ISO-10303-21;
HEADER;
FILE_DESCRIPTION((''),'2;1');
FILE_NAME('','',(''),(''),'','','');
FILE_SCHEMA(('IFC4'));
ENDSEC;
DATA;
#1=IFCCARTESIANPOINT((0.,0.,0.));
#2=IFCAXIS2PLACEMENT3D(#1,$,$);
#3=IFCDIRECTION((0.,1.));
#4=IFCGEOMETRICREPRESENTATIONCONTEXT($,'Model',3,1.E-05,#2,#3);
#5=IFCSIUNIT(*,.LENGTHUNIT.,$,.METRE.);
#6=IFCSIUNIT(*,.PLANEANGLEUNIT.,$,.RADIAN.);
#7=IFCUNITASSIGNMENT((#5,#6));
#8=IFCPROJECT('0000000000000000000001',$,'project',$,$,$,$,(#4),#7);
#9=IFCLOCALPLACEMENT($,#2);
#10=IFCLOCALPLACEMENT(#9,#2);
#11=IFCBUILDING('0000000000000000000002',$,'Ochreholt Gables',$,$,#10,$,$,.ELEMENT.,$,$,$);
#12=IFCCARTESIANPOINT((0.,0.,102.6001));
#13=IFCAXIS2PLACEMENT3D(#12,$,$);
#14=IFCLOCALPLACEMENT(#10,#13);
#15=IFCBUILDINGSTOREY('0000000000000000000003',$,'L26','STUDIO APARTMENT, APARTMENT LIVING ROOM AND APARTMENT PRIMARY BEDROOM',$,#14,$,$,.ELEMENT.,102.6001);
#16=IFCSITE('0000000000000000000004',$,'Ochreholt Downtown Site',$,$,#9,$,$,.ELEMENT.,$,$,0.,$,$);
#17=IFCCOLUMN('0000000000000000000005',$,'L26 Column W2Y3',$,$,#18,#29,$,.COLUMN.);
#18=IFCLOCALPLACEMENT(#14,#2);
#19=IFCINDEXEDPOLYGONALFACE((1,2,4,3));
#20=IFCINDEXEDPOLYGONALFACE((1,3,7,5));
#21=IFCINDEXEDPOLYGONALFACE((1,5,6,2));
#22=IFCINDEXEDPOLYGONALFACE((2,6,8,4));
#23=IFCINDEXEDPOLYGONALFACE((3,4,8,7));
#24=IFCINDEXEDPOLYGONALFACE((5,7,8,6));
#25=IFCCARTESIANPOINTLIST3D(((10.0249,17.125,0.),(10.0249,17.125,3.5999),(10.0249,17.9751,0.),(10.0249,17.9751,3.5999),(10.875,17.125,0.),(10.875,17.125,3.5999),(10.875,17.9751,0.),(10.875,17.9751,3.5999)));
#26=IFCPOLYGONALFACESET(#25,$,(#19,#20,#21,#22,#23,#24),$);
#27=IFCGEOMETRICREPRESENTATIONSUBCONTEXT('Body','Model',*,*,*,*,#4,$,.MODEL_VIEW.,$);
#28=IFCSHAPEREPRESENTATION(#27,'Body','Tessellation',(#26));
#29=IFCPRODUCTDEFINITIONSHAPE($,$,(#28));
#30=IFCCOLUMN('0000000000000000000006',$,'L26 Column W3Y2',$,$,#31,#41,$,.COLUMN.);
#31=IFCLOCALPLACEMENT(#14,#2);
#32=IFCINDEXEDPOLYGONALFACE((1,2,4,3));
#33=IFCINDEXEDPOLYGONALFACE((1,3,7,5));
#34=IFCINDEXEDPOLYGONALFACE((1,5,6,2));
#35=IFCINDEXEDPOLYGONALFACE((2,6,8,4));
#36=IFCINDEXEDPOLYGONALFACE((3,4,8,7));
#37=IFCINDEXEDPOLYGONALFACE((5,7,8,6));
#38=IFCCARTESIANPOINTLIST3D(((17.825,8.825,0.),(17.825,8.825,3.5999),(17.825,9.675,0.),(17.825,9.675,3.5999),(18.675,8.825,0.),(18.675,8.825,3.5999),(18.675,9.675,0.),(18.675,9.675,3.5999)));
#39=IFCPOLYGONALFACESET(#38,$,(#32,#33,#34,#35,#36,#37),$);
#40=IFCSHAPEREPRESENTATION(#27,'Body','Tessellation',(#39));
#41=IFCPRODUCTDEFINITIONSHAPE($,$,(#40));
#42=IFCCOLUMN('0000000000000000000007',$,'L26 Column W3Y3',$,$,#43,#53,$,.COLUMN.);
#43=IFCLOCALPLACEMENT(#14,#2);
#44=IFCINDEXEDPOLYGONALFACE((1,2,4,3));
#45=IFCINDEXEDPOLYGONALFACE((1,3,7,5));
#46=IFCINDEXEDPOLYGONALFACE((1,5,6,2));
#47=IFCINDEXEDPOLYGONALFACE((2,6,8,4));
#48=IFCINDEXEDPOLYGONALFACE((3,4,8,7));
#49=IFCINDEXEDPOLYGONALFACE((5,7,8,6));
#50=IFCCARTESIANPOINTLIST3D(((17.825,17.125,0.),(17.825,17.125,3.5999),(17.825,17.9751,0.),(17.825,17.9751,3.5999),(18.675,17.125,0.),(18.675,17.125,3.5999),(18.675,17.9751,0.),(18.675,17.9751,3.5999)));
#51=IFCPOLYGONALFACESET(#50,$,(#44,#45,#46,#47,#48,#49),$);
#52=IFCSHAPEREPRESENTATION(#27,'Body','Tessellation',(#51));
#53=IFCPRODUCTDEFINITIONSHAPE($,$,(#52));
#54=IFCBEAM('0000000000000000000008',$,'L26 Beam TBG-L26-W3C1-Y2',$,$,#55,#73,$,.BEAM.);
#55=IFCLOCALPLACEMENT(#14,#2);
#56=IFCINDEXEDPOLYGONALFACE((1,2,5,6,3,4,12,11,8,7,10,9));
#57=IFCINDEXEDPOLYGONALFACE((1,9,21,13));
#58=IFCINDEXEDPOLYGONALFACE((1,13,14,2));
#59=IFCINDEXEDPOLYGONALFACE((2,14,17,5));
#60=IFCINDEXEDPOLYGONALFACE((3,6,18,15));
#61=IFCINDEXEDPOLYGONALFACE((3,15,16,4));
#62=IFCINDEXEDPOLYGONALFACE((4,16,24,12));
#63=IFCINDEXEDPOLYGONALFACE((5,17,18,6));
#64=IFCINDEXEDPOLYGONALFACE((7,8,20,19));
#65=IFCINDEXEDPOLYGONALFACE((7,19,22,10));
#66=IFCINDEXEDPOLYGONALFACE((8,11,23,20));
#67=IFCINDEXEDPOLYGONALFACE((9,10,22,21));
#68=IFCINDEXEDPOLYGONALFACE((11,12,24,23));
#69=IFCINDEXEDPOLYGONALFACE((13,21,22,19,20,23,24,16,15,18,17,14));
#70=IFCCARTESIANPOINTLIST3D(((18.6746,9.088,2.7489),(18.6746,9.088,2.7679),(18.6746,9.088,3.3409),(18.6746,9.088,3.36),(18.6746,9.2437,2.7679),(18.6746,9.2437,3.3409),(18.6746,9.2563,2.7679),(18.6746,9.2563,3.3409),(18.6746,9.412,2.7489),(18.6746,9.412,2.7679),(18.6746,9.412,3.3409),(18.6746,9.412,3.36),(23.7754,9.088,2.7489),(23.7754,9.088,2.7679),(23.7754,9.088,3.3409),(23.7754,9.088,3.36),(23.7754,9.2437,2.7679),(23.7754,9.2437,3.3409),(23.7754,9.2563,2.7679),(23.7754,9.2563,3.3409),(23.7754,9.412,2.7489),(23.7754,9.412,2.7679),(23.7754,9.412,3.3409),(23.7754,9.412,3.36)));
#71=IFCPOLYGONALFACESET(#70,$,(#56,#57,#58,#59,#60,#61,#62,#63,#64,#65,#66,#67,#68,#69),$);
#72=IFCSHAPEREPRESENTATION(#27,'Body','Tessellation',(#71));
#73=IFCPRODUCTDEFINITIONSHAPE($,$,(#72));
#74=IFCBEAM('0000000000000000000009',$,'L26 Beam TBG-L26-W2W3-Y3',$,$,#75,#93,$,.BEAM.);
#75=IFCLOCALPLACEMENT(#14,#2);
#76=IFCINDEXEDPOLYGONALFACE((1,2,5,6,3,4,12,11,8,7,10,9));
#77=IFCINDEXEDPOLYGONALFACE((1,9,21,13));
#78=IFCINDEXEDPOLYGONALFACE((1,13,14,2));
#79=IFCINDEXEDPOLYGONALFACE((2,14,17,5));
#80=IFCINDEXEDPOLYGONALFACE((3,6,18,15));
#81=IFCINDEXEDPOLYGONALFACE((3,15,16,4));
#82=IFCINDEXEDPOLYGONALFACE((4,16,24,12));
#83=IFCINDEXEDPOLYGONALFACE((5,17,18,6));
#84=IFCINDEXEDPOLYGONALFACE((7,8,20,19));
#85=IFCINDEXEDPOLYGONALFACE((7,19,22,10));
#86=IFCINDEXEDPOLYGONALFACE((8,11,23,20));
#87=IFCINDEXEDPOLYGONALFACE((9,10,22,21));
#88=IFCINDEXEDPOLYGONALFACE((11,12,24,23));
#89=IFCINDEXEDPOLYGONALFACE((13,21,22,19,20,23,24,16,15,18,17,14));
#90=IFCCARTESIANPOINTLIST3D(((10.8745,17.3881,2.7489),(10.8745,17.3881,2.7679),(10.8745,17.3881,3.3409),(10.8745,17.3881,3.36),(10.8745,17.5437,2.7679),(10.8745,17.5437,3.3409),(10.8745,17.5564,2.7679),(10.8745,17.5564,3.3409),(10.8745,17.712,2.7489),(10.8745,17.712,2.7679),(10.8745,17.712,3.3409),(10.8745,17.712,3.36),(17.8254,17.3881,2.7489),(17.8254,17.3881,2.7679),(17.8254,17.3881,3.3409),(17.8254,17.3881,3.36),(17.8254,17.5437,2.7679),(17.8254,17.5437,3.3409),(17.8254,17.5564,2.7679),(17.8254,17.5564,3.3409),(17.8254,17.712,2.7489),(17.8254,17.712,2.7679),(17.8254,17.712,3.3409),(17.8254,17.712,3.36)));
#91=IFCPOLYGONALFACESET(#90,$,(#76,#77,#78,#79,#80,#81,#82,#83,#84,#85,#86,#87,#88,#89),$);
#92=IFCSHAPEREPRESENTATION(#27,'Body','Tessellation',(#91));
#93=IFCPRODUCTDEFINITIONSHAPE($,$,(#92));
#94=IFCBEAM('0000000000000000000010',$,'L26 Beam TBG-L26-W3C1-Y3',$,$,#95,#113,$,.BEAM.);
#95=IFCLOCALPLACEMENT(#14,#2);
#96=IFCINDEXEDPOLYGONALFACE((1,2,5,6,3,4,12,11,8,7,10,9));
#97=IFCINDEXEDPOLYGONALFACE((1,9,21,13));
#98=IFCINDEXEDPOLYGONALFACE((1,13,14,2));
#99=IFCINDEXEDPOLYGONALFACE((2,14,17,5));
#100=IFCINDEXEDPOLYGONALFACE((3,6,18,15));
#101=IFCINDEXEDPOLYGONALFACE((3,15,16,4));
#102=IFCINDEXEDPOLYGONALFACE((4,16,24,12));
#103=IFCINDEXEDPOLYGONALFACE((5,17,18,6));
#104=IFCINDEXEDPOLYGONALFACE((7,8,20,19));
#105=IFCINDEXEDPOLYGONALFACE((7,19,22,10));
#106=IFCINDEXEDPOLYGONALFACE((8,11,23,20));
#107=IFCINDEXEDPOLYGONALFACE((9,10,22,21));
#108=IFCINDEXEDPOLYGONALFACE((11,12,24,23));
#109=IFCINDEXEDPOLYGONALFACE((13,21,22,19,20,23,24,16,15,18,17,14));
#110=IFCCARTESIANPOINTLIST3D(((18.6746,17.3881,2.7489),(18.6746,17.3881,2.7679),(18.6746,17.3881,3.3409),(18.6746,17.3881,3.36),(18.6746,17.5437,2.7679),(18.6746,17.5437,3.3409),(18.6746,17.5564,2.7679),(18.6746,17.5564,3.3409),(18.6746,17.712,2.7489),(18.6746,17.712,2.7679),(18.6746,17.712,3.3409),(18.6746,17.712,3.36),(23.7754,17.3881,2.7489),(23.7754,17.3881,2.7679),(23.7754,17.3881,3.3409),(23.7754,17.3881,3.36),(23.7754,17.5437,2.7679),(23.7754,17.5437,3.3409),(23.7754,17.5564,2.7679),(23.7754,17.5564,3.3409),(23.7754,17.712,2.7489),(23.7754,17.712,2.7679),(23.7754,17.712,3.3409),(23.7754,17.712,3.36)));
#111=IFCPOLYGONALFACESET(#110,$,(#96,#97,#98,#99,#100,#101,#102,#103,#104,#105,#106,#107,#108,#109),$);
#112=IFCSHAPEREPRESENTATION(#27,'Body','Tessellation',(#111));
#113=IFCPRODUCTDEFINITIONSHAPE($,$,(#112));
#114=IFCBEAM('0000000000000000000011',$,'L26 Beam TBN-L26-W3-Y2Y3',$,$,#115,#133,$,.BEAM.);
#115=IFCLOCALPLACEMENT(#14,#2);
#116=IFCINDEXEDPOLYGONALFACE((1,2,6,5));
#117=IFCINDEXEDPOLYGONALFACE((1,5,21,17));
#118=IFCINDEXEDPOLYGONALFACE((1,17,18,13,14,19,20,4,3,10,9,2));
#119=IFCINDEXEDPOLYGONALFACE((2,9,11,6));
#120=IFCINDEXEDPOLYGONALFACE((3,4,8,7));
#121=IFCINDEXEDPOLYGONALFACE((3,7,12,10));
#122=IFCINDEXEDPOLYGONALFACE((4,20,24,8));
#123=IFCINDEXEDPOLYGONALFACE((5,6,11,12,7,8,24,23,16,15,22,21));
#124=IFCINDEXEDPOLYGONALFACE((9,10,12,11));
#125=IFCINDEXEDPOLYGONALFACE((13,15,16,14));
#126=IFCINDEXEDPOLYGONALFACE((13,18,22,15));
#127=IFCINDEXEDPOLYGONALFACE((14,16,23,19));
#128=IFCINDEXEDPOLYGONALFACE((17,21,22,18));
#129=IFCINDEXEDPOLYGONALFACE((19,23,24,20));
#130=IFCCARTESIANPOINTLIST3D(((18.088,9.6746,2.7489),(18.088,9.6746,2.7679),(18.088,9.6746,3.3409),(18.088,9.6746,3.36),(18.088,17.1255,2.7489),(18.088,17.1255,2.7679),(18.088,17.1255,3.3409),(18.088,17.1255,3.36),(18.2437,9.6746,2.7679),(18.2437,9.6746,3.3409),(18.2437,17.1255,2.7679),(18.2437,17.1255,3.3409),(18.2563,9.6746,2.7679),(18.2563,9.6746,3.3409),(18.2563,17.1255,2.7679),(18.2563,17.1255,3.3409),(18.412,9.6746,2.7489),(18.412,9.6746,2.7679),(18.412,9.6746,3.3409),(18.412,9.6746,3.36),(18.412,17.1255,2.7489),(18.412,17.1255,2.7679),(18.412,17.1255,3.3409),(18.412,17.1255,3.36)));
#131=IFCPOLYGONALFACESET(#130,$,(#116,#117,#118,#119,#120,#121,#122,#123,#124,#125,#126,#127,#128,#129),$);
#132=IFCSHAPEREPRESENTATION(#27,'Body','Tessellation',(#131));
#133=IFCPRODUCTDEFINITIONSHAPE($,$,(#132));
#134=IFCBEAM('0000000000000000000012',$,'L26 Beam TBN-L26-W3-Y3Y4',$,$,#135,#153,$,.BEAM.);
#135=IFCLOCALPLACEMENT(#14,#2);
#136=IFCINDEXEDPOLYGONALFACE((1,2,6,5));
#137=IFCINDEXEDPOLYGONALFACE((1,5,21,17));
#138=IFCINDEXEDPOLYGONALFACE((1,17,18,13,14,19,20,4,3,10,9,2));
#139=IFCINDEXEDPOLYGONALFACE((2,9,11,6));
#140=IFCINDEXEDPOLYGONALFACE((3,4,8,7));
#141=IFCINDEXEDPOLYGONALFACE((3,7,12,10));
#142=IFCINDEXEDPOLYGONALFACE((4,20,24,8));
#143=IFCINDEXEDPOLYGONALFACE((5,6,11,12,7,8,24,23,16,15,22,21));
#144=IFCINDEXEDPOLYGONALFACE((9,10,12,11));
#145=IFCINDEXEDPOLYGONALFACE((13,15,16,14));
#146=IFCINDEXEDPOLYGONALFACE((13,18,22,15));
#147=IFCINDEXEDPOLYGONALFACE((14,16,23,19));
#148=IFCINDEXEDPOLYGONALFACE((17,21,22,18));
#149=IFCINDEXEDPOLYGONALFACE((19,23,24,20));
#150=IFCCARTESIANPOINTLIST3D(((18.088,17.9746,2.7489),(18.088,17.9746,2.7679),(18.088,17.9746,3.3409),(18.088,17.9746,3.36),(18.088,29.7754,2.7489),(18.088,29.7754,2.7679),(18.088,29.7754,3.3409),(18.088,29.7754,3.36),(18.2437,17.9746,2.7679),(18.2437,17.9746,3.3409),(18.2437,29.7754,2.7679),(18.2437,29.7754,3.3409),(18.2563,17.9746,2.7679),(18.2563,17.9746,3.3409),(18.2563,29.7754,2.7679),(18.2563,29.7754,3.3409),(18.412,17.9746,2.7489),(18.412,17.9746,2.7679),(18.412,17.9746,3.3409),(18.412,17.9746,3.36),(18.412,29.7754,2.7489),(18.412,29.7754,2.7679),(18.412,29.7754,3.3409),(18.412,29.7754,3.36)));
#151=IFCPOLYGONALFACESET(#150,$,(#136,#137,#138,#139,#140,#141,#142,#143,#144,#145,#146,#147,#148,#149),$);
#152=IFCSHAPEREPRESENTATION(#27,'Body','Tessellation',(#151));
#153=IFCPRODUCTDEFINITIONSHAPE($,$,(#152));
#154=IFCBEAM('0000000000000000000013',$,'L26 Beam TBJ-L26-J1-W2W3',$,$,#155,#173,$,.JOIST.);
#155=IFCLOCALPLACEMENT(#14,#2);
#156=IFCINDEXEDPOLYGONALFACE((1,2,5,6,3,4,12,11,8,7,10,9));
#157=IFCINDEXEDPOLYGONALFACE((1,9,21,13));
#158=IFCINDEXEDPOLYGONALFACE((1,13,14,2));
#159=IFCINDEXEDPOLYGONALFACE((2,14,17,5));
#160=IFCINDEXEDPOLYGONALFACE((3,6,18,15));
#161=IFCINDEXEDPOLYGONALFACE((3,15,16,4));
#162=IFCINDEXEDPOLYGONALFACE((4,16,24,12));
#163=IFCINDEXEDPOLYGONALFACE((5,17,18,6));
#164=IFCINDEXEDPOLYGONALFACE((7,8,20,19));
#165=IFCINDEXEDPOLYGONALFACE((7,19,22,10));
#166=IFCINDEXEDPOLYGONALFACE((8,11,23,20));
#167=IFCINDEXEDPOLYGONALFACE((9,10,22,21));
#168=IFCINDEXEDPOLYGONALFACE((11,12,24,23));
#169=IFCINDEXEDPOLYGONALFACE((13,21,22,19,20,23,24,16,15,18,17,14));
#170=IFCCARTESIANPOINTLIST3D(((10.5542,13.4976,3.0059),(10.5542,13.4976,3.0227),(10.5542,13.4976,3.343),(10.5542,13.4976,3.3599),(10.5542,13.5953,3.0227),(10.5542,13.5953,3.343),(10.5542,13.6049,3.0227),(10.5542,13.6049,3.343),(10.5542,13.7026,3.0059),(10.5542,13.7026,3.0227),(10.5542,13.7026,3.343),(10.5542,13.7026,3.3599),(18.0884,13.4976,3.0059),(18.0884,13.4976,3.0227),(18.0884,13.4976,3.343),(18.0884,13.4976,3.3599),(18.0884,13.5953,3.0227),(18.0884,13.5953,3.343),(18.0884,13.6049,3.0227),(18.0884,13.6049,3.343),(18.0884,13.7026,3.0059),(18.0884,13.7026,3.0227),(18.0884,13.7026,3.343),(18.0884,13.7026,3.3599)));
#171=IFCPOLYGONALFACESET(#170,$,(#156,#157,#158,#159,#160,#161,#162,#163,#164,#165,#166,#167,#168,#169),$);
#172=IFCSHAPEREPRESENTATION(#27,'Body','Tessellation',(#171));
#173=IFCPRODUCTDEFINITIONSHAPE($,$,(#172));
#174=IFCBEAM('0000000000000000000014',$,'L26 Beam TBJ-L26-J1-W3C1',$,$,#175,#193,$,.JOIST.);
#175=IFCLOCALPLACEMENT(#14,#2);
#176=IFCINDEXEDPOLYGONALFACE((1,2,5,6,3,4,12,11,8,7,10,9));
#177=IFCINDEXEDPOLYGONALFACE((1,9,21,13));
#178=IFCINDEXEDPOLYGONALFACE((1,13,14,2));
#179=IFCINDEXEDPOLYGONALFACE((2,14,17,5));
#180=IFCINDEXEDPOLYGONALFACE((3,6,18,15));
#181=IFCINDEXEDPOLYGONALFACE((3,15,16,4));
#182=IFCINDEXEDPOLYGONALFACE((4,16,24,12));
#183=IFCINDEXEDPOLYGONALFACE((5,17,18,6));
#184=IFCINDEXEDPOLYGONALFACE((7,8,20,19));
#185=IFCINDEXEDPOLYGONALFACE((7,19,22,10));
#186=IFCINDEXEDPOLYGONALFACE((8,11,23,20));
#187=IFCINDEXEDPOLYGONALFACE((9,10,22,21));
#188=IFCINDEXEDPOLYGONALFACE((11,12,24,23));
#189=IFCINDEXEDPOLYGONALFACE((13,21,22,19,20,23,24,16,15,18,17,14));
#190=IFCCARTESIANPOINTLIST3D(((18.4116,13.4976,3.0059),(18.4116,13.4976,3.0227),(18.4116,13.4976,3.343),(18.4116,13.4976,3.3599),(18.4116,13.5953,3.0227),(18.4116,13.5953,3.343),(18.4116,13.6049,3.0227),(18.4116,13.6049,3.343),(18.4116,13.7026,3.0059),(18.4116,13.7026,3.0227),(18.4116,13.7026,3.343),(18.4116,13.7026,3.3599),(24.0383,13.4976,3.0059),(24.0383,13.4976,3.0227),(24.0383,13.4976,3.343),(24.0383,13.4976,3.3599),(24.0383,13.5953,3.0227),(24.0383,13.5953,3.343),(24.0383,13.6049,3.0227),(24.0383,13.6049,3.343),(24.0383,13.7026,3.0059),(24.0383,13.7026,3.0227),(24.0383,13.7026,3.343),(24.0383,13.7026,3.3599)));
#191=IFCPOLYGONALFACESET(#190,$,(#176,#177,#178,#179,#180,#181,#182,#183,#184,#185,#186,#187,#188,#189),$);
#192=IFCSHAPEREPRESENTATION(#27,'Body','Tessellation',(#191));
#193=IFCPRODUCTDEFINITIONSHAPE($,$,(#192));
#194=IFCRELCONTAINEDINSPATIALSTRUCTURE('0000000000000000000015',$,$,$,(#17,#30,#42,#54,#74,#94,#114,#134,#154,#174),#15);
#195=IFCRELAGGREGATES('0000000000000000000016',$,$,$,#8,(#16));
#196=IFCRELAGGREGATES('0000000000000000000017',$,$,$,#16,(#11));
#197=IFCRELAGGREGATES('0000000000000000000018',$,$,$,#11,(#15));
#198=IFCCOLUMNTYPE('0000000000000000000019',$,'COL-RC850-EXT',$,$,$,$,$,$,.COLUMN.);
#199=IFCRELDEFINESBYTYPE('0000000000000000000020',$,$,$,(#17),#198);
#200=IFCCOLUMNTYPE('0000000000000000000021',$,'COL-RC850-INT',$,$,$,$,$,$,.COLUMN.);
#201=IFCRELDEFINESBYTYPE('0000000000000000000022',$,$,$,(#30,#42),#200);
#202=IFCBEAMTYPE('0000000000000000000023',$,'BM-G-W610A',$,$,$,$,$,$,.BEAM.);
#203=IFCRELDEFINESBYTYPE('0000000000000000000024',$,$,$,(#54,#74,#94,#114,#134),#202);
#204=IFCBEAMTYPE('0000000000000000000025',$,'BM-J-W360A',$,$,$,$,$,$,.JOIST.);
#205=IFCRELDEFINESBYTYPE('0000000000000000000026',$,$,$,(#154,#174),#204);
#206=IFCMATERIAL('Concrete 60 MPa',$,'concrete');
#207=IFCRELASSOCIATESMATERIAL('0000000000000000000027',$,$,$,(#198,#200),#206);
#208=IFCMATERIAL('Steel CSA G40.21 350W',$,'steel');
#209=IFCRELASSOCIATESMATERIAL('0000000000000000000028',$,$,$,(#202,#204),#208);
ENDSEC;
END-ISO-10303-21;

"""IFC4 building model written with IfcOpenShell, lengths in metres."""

from ifc_helpers import new_model, si_unit, direction, frame, origin, origin_2d, place, context, subcontext, project, spatial, rectangle, i_section, extrude, material, material_profile, profile_set, type_object, element, save


model = new_model("IFC4")

# Units and contexts
model_context = context("Model", 3, precision=1e-05, world=origin(), true_north=direction((0.0, 1.0)))
body_context = subcontext(model_context, "Body", "Model", "MODEL_VIEW")
ifc_project = project(units=[si_unit("LENGTHUNIT", "METRE"), si_unit("PLANEANGLEUNIT", "RADIAN")], contexts=[model_context])

# Site, building, storey
site_placement = place(None, origin())
site = spatial("IfcSite", under=ifc_project, at=site_placement, Name="Ochreholt Downtown Site", CompositionType="ELEMENT", RefElevation=0.0)
building_placement = place(site_placement, origin())
building = spatial("IfcBuilding", under=site, at=building_placement, Name="Ochreholt Gables", CompositionType="ELEMENT")
storey_placement = place(building_placement, frame((0.0, 0.0, 102.6001)))
storey = spatial("IfcBuildingStorey", under=building, at=storey_placement, Name="L26", Description="STUDIO APARTMENT, APARTMENT LIVING ROOM AND APARTMENT PRIMARY BEDROOM", CompositionType="ELEMENT", Elevation=102.6001)

# Columns
ifc_material_1 = material(Name="Concrete 60 MPa", Category="concrete")
ifc_material_profile_1 = material_profile(ifc_material_1, rectangle(XDim=0.8501, YDim=0.8501, at=origin_2d()), Name="RC850X850")
ifc_profile_set_1 = profile_set([ifc_material_profile_1], Name="Concrete 60 MPa")
column_type_1 = type_object("IfcColumnType", Name="COL-RC850-EXT", PredefinedType="COLUMN", material=ifc_profile_set_1)
column_placement = place(storey_placement, frame((10.45, 17.55, 0.0), z_axis=(0.0, 0.0, 1.0), x_axis=(1.0, 0.0, 0.0)))
element("IfcColumn", 1, at=column_placement, inside=storey, type_object=column_type_1, Name="L26 Column W2Y3", PredefinedType="COLUMN", context=body_context, shape_type="SweptSolid", body=[
    extrude(rectangle(XDim=0.8501, YDim=0.8501, at=origin_2d()), origin(), (0.0, 0.0, 1.0), 3.5999),
])
ifc_material_profile_2 = material_profile(ifc_material_1, rectangle(XDim=0.8501, YDim=0.8501, at=origin_2d()), Name="RC850X850")
ifc_profile_set_2 = profile_set([ifc_material_profile_2], Name="Concrete 60 MPa")
column_type_2 = type_object("IfcColumnType", Name="COL-RC850-INT", PredefinedType="COLUMN", material=ifc_profile_set_2)
for number, where, z_axis, x_axis, name in (
    (2, (18.25, 9.25, 0.0), (0.0, 0.0, 1.0), (1.0, 0.0, 0.0), "L26 Column W3Y2"),
    (3, (18.25, 17.55, 0.0), (0.0, 0.0, 1.0), (1.0, 0.0, 0.0), "L26 Column W3Y3"),
):
    element("IfcColumn", number, at=place(storey_placement, frame(where, z_axis=z_axis, x_axis=x_axis)), inside=storey, type_object=column_type_2, Name=name, PredefinedType="COLUMN", context=body_context, shape_type="SweptSolid", body=[
        extrude(rectangle(XDim=0.8501, YDim=0.8501, at=origin_2d()), origin(), (0.0, 0.0, 1.0), 3.5999),
    ])

# Beams
ifc_material_2 = material(Name="Steel CSA G40.21 350W", Category="steel")
ifc_material_profile_3 = material_profile(ifc_material_2, i_section(OverallWidth=0.324, OverallDepth=0.6111, WebThickness=0.0127, FlangeThickness=0.019, at=origin_2d()), Name="W610X155")
ifc_profile_set_3 = profile_set([ifc_material_profile_3], Name="Steel CSA G40.21 350W")
beam_type_1 = type_object("IfcBeamType", Name="BM-G-W610A", PredefinedType="BEAM", material=ifc_profile_set_3)
beam_1_placement = place(storey_placement, frame((18.6746, 9.25, 3.0544), z_axis=(1.0, 0.0, 0.0), x_axis=(0.0, 1.0, 0.0)))
element("IfcBeam", 4, at=beam_1_placement, inside=storey, type_object=beam_type_1, Name="L26 Beam TBG-L26-W3C1-Y2", PredefinedType="BEAM", context=body_context, shape_type="SweptSolid", body=[
    extrude(i_section(OverallWidth=0.324, OverallDepth=0.6111, WebThickness=0.0127, FlangeThickness=0.019, at=origin_2d()), origin(), (0.0, 0.0, 1.0), 5.1008),
])
beam_2_placement = place(storey_placement, frame((10.8745, 17.55, 3.0544), z_axis=(1.0, 0.0, 0.0), x_axis=(0.0, 1.0, 0.0)))
element("IfcBeam", 5, at=beam_2_placement, inside=storey, type_object=beam_type_1, Name="L26 Beam TBG-L26-W2W3-Y3", PredefinedType="BEAM", context=body_context, shape_type="SweptSolid", body=[
    extrude(i_section(OverallWidth=0.324, OverallDepth=0.6111, WebThickness=0.0127, FlangeThickness=0.019, at=origin_2d()), origin(), (0.0, 0.0, 1.0), 6.9509),
])
beam_3_placement = place(storey_placement, frame((18.6746, 17.55, 3.0544), z_axis=(1.0, 0.0, 0.0), x_axis=(0.0, 1.0, 0.0)))
element("IfcBeam", 6, at=beam_3_placement, inside=storey, type_object=beam_type_1, Name="L26 Beam TBG-L26-W3C1-Y3", PredefinedType="BEAM", context=body_context, shape_type="SweptSolid", body=[
    extrude(i_section(OverallWidth=0.324, OverallDepth=0.6111, WebThickness=0.0127, FlangeThickness=0.019, at=origin_2d()), origin(), (0.0, 0.0, 1.0), 5.1008),
])
beam_4_placement = place(storey_placement, frame((18.25, 9.6746, 3.0544), z_axis=(0.0, 1.0, 0.0), x_axis=(-1.0, 0.0, 0.0)))
element("IfcBeam", 7, at=beam_4_placement, inside=storey, type_object=beam_type_1, Name="L26 Beam TBN-L26-W3-Y2Y3", PredefinedType="BEAM", context=body_context, shape_type="SweptSolid", body=[
    extrude(i_section(OverallWidth=0.324, OverallDepth=0.6111, WebThickness=0.0127, FlangeThickness=0.019, at=origin_2d()), origin(), (0.0, 0.0, 1.0), 7.4509),
])
beam_5_placement = place(storey_placement, frame((18.25, 17.9746, 3.0544), z_axis=(0.0, 1.0, 0.0), x_axis=(-1.0, 0.0, 0.0)))
element("IfcBeam", 8, at=beam_5_placement, inside=storey, type_object=beam_type_1, Name="L26 Beam TBN-L26-W3-Y3Y4", PredefinedType="BEAM", context=body_context, shape_type="SweptSolid", body=[
    extrude(i_section(OverallWidth=0.324, OverallDepth=0.6111, WebThickness=0.0127, FlangeThickness=0.019, at=origin_2d()), origin(), (0.0, 0.0, 1.0), 11.8008),
])
ifc_material_profile_4 = material_profile(ifc_material_2, i_section(OverallWidth=0.2051, OverallDepth=0.354, WebThickness=0.0095, FlangeThickness=0.0168, at=origin_2d()), Name="W360X79")
ifc_profile_set_4 = profile_set([ifc_material_profile_4], Name="Steel CSA G40.21 350W")
beam_type_2 = type_object("IfcBeamType", Name="BM-J-W360A", PredefinedType="JOIST", material=ifc_profile_set_4)
beam_6_placement = place(storey_placement, frame((10.5542, 13.6001, 3.1829), z_axis=(1.0, 0.0, 0.0), x_axis=(0.0, 1.0, 0.0)))
element("IfcBeam", 9, at=beam_6_placement, inside=storey, type_object=beam_type_2, Name="L26 Beam TBJ-L26-J1-W2W3", PredefinedType="JOIST", context=body_context, shape_type="SweptSolid", body=[
    extrude(i_section(OverallWidth=0.2051, OverallDepth=0.354, WebThickness=0.0095, FlangeThickness=0.0168, at=origin_2d()), origin(), (0.0, 0.0, 1.0), 7.5342),
])
beam_7_placement = place(storey_placement, frame((18.4116, 13.6001, 3.1829), z_axis=(1.0, 0.0, 0.0), x_axis=(0.0, 1.0, 0.0)))
element("IfcBeam", 10, at=beam_7_placement, inside=storey, type_object=beam_type_2, Name="L26 Beam TBJ-L26-J1-W3C1", PredefinedType="JOIST", context=body_context, shape_type="SweptSolid", body=[
    extrude(i_section(OverallWidth=0.2051, OverallDepth=0.354, WebThickness=0.0095, FlangeThickness=0.0168, at=origin_2d()), origin(), (0.0, 0.0, 1.0), 5.6267),
])

save(model, "model.ifc")
